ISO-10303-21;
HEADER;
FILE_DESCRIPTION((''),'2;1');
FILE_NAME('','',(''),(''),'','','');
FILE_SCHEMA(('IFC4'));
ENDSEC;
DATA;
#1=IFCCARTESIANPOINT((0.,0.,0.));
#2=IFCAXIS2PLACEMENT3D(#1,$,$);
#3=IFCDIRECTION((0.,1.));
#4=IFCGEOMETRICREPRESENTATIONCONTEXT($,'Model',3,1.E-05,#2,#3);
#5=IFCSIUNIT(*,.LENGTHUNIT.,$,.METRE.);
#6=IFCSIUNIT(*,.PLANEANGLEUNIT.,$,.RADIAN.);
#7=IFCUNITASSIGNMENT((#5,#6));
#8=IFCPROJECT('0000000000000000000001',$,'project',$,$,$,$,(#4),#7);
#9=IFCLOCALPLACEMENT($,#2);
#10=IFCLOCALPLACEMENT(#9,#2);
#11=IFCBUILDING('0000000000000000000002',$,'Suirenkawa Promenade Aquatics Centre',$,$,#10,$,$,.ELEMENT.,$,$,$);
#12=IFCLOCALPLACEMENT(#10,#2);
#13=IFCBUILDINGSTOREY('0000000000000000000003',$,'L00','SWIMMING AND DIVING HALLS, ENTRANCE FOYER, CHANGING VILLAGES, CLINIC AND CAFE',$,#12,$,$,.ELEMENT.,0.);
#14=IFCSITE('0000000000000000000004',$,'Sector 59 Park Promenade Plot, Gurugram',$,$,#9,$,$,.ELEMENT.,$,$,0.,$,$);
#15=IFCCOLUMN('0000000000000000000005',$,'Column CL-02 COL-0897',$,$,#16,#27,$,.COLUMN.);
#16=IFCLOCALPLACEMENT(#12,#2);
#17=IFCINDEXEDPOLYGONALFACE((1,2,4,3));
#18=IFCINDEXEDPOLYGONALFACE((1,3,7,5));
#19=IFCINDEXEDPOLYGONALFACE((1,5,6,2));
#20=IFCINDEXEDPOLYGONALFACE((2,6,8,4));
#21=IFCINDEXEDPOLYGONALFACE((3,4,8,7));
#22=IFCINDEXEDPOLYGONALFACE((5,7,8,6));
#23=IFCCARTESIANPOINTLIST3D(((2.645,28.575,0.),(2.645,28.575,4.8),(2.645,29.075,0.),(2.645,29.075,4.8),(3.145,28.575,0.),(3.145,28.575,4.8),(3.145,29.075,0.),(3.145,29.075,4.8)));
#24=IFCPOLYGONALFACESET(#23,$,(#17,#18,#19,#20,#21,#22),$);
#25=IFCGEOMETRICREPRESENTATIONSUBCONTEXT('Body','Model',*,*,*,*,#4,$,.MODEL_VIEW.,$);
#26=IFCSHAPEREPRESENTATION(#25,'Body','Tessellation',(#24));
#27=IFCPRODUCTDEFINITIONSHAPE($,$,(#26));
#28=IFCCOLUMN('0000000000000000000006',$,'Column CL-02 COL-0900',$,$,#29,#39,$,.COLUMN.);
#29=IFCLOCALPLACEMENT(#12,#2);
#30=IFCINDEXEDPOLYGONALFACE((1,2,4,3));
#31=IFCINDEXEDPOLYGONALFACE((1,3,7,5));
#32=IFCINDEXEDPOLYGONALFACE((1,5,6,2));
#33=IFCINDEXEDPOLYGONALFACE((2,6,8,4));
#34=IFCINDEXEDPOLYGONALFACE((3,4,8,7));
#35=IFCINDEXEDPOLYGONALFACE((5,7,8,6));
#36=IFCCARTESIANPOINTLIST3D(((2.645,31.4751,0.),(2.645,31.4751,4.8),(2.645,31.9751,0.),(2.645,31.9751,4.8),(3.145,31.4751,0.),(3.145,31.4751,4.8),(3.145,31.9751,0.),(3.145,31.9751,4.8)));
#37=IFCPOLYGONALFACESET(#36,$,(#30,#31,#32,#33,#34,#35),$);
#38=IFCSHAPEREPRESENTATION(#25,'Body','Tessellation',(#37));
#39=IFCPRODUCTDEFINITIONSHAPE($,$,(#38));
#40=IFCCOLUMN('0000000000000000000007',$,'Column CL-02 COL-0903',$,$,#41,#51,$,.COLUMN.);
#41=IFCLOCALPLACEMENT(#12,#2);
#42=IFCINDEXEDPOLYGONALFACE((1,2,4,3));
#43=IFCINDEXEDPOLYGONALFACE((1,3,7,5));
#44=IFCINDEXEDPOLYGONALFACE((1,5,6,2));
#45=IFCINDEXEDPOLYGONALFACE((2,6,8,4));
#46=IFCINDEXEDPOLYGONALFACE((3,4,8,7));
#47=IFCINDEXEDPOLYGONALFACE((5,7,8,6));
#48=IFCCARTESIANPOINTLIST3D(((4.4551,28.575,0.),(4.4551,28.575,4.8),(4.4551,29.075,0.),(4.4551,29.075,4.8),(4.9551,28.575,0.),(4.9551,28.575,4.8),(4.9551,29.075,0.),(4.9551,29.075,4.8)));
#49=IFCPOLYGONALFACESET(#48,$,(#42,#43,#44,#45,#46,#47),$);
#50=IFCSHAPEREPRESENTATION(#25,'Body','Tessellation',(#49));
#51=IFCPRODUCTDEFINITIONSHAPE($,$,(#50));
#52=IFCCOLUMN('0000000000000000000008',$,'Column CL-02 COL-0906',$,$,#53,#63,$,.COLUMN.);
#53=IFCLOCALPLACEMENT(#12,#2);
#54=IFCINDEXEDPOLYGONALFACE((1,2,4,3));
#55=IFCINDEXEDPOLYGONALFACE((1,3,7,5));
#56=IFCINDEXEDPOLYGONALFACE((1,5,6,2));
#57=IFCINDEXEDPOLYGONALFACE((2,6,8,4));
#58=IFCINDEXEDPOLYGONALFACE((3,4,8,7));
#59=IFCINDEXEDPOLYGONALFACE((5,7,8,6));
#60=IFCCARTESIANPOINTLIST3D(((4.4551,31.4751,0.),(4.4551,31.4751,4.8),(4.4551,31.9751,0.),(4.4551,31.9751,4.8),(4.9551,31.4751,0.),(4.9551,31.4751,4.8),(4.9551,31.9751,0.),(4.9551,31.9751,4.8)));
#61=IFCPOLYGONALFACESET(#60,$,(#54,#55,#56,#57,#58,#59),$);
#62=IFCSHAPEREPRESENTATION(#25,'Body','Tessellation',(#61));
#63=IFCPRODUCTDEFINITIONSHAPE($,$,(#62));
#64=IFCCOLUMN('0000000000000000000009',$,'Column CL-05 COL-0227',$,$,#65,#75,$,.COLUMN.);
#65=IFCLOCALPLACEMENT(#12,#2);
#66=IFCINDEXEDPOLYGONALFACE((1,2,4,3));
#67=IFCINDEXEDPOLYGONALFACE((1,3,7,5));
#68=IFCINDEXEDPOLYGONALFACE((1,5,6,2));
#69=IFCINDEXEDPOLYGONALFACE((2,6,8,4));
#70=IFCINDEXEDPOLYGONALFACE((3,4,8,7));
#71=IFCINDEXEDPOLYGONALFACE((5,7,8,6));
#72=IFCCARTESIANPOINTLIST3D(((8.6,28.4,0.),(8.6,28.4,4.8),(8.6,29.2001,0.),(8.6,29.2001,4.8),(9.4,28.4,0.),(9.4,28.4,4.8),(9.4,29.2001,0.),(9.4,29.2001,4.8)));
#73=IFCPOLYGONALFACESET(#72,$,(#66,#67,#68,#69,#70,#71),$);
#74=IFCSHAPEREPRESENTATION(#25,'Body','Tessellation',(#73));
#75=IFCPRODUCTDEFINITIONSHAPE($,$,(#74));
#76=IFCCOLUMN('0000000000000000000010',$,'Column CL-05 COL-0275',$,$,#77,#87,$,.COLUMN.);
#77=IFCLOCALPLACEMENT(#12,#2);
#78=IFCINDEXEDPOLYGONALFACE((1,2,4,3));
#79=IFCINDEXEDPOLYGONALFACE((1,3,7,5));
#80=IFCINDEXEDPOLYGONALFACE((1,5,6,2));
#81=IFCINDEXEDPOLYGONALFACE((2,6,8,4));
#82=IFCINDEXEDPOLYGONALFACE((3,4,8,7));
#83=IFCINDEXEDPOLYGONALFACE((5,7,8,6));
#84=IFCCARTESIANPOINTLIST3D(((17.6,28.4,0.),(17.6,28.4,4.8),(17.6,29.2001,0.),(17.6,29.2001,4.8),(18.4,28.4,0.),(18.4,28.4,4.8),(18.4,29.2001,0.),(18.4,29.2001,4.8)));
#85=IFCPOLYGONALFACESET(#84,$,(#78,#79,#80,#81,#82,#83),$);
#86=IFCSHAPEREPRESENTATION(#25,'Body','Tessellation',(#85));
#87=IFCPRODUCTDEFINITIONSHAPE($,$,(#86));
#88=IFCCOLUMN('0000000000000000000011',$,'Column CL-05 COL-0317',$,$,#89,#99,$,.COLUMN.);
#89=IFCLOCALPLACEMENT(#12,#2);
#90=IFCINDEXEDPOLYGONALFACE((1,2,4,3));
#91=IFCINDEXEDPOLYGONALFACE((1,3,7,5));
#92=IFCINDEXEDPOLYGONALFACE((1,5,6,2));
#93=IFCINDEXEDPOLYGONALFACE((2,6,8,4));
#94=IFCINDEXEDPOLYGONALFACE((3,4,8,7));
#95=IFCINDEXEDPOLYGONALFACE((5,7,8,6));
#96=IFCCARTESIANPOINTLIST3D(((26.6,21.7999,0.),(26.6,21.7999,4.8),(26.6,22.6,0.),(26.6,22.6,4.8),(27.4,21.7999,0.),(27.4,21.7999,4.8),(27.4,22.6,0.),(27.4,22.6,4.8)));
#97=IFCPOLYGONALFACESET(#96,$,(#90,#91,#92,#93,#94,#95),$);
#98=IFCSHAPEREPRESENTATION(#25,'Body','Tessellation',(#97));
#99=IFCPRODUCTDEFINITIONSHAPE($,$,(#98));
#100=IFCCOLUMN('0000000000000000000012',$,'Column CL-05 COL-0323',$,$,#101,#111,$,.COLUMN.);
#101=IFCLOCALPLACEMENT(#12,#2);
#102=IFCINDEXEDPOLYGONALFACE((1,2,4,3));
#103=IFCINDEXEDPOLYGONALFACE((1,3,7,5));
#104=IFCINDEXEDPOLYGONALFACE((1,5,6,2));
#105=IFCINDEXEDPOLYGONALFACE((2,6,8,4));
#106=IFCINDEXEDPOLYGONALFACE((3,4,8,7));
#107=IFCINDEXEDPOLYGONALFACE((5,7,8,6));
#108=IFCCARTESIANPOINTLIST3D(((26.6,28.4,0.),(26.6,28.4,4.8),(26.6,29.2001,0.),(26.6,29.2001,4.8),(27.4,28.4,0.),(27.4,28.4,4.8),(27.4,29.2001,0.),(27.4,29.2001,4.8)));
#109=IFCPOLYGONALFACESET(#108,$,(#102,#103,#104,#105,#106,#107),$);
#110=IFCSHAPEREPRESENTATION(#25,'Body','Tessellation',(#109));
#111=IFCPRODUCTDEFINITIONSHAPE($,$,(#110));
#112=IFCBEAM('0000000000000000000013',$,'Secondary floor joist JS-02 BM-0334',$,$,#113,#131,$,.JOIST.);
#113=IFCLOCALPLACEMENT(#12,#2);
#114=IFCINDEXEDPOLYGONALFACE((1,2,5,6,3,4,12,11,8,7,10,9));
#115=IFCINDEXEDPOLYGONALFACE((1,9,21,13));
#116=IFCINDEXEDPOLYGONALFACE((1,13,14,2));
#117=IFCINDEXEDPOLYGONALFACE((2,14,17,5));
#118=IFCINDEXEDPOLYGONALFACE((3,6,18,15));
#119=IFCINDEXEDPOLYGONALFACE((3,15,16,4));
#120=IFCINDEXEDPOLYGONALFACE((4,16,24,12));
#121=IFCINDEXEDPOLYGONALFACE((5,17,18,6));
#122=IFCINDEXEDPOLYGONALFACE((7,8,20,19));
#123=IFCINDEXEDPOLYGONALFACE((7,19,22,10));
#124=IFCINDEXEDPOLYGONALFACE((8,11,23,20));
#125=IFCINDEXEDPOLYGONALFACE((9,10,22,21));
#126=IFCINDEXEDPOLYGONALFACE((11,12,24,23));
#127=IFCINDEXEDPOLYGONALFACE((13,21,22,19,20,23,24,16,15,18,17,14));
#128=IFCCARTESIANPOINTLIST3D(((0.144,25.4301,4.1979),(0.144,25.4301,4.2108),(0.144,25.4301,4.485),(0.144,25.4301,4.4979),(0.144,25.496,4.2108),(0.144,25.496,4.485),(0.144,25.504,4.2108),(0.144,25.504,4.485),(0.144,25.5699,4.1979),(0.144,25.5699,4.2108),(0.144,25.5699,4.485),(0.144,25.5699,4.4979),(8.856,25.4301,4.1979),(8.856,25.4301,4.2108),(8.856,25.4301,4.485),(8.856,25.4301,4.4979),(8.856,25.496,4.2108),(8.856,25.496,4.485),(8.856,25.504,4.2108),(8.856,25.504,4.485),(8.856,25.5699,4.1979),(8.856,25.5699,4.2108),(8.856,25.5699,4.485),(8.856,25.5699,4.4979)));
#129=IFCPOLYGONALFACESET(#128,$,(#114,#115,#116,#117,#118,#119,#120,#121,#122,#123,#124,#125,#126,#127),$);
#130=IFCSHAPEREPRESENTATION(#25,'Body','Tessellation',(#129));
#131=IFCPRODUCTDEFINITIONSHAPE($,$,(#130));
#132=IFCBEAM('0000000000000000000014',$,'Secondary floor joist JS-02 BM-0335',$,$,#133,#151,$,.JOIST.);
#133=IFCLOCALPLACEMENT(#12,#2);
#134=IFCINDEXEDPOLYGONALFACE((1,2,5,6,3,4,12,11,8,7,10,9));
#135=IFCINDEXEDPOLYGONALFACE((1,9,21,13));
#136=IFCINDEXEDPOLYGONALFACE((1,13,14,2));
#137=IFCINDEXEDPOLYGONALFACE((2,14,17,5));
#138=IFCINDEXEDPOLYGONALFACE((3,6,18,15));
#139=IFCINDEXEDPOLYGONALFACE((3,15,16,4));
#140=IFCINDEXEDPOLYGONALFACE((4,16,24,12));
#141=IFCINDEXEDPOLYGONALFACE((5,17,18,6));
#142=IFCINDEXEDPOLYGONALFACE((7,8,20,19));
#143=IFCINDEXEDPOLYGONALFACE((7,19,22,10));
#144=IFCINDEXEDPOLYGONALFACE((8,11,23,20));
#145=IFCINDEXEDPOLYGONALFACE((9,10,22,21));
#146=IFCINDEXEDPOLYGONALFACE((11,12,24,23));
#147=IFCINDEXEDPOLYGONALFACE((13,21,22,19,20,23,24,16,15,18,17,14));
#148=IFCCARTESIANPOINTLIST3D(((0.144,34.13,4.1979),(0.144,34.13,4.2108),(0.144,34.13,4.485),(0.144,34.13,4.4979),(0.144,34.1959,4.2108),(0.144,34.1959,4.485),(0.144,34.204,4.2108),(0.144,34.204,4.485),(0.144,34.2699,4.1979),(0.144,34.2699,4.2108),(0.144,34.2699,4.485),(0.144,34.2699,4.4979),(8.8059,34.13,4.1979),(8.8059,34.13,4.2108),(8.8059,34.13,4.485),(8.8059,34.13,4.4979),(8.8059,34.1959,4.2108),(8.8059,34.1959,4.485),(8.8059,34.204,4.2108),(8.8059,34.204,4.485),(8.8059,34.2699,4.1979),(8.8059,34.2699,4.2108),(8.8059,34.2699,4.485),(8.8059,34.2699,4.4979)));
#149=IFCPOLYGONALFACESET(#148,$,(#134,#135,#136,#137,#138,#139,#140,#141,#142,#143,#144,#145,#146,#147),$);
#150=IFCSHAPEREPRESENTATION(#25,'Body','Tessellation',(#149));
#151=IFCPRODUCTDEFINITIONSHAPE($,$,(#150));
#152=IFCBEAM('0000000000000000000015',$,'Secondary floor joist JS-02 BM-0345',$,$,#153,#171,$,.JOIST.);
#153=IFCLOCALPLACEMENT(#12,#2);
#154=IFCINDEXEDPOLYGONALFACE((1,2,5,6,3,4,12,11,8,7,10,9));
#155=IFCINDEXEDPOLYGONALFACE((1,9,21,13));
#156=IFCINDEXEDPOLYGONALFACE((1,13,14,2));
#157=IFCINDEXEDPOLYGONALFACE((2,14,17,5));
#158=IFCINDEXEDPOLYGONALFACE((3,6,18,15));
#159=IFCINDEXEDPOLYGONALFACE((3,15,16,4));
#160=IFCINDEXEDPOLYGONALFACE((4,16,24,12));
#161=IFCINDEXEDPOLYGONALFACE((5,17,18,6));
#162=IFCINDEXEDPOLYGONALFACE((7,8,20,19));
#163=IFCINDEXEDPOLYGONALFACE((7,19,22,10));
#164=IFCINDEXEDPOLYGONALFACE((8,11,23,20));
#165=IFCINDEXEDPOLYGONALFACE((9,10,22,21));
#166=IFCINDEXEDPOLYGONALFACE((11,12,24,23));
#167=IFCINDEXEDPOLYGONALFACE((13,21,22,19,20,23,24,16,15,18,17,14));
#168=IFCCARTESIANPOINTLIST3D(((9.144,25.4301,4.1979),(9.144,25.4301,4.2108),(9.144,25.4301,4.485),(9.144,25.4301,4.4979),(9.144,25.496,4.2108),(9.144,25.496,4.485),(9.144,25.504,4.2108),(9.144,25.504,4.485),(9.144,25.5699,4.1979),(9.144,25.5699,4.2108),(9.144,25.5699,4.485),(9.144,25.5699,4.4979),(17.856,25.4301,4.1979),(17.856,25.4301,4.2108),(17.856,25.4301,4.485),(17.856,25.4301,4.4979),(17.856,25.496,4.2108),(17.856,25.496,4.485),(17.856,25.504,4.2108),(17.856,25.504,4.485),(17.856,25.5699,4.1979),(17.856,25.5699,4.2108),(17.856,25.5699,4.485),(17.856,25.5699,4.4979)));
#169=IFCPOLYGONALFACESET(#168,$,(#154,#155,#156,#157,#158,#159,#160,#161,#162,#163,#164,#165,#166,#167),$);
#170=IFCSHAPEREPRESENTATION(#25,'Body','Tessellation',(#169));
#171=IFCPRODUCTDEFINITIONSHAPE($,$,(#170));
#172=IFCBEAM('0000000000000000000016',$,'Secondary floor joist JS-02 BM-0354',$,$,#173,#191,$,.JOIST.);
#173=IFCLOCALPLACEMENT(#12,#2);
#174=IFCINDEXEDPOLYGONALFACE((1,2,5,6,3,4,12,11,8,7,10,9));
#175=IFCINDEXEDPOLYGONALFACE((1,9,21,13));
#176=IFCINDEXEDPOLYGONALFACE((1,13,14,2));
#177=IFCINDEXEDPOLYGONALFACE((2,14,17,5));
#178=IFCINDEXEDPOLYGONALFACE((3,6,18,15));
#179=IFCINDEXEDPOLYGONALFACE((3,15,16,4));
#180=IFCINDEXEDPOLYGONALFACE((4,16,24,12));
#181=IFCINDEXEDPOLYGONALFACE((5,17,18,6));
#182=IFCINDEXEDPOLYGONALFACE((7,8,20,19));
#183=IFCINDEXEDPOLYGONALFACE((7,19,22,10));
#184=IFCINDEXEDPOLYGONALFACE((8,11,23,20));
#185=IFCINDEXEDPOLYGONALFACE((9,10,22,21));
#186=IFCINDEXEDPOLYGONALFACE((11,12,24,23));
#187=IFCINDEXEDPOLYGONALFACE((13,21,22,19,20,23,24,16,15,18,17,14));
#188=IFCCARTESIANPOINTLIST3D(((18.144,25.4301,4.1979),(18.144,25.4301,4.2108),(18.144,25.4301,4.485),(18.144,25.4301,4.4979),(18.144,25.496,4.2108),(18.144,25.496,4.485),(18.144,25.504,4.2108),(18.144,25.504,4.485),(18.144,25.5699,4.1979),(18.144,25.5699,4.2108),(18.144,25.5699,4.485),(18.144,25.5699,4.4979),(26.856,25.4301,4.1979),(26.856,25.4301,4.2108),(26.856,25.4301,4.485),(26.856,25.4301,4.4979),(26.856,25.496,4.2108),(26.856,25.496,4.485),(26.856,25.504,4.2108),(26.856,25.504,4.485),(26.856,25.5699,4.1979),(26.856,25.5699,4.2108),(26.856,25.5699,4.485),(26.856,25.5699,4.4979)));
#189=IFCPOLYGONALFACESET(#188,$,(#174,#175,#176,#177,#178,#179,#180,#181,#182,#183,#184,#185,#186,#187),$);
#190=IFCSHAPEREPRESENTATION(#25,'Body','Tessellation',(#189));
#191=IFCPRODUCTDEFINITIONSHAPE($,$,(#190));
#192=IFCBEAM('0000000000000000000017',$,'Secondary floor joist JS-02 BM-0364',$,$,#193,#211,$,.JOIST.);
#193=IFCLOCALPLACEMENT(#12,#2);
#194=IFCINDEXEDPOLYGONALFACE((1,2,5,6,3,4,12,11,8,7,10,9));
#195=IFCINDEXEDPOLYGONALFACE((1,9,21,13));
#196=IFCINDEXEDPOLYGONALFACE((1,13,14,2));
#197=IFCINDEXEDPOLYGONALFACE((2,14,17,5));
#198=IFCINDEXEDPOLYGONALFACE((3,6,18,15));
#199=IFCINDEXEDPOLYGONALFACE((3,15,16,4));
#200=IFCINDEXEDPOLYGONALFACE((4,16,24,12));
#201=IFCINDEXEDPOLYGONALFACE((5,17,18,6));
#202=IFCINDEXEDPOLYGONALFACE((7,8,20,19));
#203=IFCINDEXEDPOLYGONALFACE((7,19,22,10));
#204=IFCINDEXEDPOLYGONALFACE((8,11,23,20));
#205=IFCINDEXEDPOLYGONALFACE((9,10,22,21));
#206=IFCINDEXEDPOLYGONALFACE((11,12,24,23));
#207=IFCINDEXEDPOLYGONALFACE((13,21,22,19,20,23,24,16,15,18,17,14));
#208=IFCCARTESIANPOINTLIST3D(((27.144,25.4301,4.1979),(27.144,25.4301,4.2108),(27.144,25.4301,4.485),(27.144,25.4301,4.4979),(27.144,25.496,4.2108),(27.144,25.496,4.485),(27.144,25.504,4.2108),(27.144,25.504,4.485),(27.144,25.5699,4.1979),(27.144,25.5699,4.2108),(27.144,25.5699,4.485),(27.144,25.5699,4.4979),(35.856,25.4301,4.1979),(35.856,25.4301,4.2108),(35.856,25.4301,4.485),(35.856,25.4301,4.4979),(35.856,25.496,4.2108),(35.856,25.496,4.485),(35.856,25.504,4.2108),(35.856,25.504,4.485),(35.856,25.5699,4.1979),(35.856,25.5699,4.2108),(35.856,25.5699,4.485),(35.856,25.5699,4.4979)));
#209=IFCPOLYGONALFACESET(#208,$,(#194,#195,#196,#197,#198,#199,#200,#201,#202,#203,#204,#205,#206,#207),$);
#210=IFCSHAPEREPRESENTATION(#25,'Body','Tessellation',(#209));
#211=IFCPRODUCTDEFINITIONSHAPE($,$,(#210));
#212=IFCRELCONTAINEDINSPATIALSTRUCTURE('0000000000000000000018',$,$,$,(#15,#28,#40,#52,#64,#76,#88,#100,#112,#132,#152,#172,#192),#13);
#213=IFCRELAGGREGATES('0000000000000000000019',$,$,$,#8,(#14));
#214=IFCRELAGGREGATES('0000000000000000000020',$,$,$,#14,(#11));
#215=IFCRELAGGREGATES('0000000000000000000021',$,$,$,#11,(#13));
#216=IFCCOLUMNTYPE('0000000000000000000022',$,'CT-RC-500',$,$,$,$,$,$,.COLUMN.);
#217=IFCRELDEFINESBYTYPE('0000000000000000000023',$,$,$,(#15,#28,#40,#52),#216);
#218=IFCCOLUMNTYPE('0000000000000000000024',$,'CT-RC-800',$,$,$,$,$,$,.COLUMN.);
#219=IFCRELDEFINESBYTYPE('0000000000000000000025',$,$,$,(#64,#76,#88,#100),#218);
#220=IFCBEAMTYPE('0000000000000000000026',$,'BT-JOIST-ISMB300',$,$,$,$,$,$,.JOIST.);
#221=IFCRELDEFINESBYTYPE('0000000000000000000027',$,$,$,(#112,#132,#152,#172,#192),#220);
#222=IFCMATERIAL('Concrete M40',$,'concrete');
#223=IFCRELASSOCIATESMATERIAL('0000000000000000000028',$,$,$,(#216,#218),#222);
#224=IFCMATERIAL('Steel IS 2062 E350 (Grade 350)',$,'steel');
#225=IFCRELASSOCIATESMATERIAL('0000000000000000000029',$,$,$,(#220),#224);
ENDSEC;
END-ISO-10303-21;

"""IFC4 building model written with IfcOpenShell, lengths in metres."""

from ifc_helpers import new_model, si_unit, direction, frame, origin, origin_2d, place, context, subcontext, project, spatial, rectangle, i_section, extrude, material, material_profile, profile_set, type_object, element, save


model = new_model("IFC4")

# Units and contexts
model_context = context("Model", 3, precision=1e-05, world=origin(), true_north=direction((0.0, 1.0)))
body_context = subcontext(model_context, "Body", "Model", "MODEL_VIEW")
ifc_project = project(units=[si_unit("LENGTHUNIT", "METRE"), si_unit("PLANEANGLEUNIT", "RADIAN")], contexts=[model_context])

# Site, building, storey
site_placement = place(None, origin())
site = spatial("IfcSite", under=ifc_project, at=site_placement, Name="Sector 59 Park Promenade Plot, Gurugram", CompositionType="ELEMENT", RefElevation=0.0)
building_placement = place(site_placement, origin())
building = spatial("IfcBuilding", under=site, at=building_placement, Name="Suirenkawa Promenade Aquatics Centre", CompositionType="ELEMENT")
storey_placement = place(building_placement, origin())
storey = spatial("IfcBuildingStorey", under=building, at=storey_placement, Name="L00", Description="SWIMMING AND DIVING HALLS, ENTRANCE FOYER, CHANGING VILLAGES, CLINIC AND CAFE", CompositionType="ELEMENT", Elevation=0.0)

# Columns
ifc_material_1 = material(Name="Concrete M40", Category="concrete")
ifc_material_profile_1 = material_profile(ifc_material_1, rectangle(XDim=0.5, YDim=0.5, at=origin_2d()), Name="RC COL 500x500", Category="concrete")
ifc_profile_set_1 = profile_set([ifc_material_profile_1], Name="Concrete M40")
column_type_1 = type_object("IfcColumnType", Name="CT-RC-500", PredefinedType="COLUMN", material=ifc_profile_set_1)
for number, where, z_axis, x_axis, name in (
    (1, (2.895, 28.825, 0.0), (0.0, 0.0, 1.0), (1.0, 0.0, 0.0), "Column CL-02 COL-0897"),
    (2, (2.895, 31.7251, 0.0), (0.0, 0.0, 1.0), (1.0, 0.0, 0.0), "Column CL-02 COL-0900"),
    (3, (4.7051, 28.825, 0.0), (0.0, 0.0, 1.0), (1.0, 0.0, 0.0), "Column CL-02 COL-0903"),
    (4, (4.7051, 31.7251, 0.0), (0.0, 0.0, 1.0), (1.0, 0.0, 0.0), "Column CL-02 COL-0906"),
):
    element("IfcColumn", number, at=place(storey_placement, frame(where, z_axis=z_axis, x_axis=x_axis)), inside=storey, type_object=column_type_1, Name=name, PredefinedType="COLUMN", context=body_context, shape_type="SweptSolid", body=[
        extrude(rectangle(XDim=0.5, YDim=0.5, at=origin_2d()), origin(), (0.0, 0.0, 1.0), 4.8),
    ])
ifc_material_profile_2 = material_profile(ifc_material_1, rectangle(XDim=0.8, YDim=0.8, at=origin_2d()), Name="RC COL 800x800", Category="concrete")
ifc_profile_set_2 = profile_set([ifc_material_profile_2], Name="Concrete M40")
column_type_2 = type_object("IfcColumnType", Name="CT-RC-800", PredefinedType="COLUMN", material=ifc_profile_set_2)
for number, where, z_axis, x_axis, name in (
    (5, (9.0, 28.8, 0.0), (0.0, 0.0, 1.0), (1.0, 0.0, 0.0), "Column CL-05 COL-0227"),
    (6, (18.0, 28.8, 0.0), (0.0, 0.0, 1.0), (1.0, 0.0, 0.0), "Column CL-05 COL-0275"),
    (7, (27.0, 22.2, 0.0), (0.0, 0.0, 1.0), (1.0, 0.0, 0.0), "Column CL-05 COL-0317"),
    (8, (27.0, 28.8, 0.0), (0.0, 0.0, 1.0), (1.0, 0.0, 0.0), "Column CL-05 COL-0323"),
):
    element("IfcColumn", number, at=place(storey_placement, frame(where, z_axis=z_axis, x_axis=x_axis)), inside=storey, type_object=column_type_2, Name=name, PredefinedType="COLUMN", context=body_context, shape_type="SweptSolid", body=[
        extrude(rectangle(XDim=0.8, YDim=0.8, at=origin_2d()), origin(), (0.0, 0.0, 1.0), 4.8),
    ])

# Beams
ifc_material_2 = material(Name="Steel IS 2062 E350 (Grade 350)", Category="steel")
ifc_material_profile_3 = material_profile(ifc_material_2, i_section(OverallWidth=0.1399, OverallDepth=0.3, WebThickness=0.0081, FlangeThickness=0.0129, at=origin_2d()), Name="ISMB 300", Category="steel")
ifc_profile_set_3 = profile_set([ifc_material_profile_3], Name="Steel IS 2062 E350 (Grade 350)")
beam_type_1 = type_object("IfcBeamType", Name="BT-JOIST-ISMB300", PredefinedType="JOIST", material=ifc_profile_set_3)
beam_1_placement = place(storey_placement, frame((0.144, 25.5, 4.3479), z_axis=(1.0, 0.0, 0.0), x_axis=(0.0, 1.0, 0.0)))
element("IfcBeam", 9, at=beam_1_placement, inside=storey, type_object=beam_type_1, Name="Secondary floor joist JS-02 BM-0334", PredefinedType="JOIST", context=body_context, shape_type="SweptSolid", body=[
    extrude(i_section(OverallWidth=0.1399, OverallDepth=0.3, WebThickness=0.0081, FlangeThickness=0.0129, at=origin_2d()), origin(), (0.0, 0.0, 1.0), 8.7119),
])
beam_2_placement = place(storey_placement, frame((0.144, 34.2, 4.3479), z_axis=(1.0, 0.0, 0.0), x_axis=(0.0, 1.0, 0.0)))
element("IfcBeam", 10, at=beam_2_placement, inside=storey, type_object=beam_type_1, Name="Secondary floor joist JS-02 BM-0335", PredefinedType="JOIST", context=body_context, shape_type="SweptSolid", body=[
    extrude(i_section(OverallWidth=0.1399, OverallDepth=0.3, WebThickness=0.0081, FlangeThickness=0.0129, at=origin_2d()), origin(), (0.0, 0.0, 1.0), 8.6619),
])
for number, where, z_axis, x_axis, name in (
    (11, (9.144, 25.5, 4.3479), (1.0, 0.0, 0.0), (0.0, 1.0, 0.0), "Secondary floor joist JS-02 BM-0345"),
    (12, (18.144, 25.5, 4.3479), (1.0, 0.0, 0.0), (0.0, 1.0, 0.0), "Secondary floor joist JS-02 BM-0354"),
    (13, (27.144, 25.5, 4.3479), (1.0, 0.0, 0.0), (0.0, 1.0, 0.0), "Secondary floor joist JS-02 BM-0364"),
):
    element("IfcBeam", number, at=place(storey_placement, frame(where, z_axis=z_axis, x_axis=x_axis)), inside=storey, type_object=beam_type_1, Name=name, PredefinedType="JOIST", context=body_context, shape_type="SweptSolid", body=[
        extrude(i_section(OverallWidth=0.1399, OverallDepth=0.3, WebThickness=0.0081, FlangeThickness=0.0129, at=origin_2d()), origin(), (0.0, 0.0, 1.0), 8.7119),
    ])

save(model, "model.ifc")
